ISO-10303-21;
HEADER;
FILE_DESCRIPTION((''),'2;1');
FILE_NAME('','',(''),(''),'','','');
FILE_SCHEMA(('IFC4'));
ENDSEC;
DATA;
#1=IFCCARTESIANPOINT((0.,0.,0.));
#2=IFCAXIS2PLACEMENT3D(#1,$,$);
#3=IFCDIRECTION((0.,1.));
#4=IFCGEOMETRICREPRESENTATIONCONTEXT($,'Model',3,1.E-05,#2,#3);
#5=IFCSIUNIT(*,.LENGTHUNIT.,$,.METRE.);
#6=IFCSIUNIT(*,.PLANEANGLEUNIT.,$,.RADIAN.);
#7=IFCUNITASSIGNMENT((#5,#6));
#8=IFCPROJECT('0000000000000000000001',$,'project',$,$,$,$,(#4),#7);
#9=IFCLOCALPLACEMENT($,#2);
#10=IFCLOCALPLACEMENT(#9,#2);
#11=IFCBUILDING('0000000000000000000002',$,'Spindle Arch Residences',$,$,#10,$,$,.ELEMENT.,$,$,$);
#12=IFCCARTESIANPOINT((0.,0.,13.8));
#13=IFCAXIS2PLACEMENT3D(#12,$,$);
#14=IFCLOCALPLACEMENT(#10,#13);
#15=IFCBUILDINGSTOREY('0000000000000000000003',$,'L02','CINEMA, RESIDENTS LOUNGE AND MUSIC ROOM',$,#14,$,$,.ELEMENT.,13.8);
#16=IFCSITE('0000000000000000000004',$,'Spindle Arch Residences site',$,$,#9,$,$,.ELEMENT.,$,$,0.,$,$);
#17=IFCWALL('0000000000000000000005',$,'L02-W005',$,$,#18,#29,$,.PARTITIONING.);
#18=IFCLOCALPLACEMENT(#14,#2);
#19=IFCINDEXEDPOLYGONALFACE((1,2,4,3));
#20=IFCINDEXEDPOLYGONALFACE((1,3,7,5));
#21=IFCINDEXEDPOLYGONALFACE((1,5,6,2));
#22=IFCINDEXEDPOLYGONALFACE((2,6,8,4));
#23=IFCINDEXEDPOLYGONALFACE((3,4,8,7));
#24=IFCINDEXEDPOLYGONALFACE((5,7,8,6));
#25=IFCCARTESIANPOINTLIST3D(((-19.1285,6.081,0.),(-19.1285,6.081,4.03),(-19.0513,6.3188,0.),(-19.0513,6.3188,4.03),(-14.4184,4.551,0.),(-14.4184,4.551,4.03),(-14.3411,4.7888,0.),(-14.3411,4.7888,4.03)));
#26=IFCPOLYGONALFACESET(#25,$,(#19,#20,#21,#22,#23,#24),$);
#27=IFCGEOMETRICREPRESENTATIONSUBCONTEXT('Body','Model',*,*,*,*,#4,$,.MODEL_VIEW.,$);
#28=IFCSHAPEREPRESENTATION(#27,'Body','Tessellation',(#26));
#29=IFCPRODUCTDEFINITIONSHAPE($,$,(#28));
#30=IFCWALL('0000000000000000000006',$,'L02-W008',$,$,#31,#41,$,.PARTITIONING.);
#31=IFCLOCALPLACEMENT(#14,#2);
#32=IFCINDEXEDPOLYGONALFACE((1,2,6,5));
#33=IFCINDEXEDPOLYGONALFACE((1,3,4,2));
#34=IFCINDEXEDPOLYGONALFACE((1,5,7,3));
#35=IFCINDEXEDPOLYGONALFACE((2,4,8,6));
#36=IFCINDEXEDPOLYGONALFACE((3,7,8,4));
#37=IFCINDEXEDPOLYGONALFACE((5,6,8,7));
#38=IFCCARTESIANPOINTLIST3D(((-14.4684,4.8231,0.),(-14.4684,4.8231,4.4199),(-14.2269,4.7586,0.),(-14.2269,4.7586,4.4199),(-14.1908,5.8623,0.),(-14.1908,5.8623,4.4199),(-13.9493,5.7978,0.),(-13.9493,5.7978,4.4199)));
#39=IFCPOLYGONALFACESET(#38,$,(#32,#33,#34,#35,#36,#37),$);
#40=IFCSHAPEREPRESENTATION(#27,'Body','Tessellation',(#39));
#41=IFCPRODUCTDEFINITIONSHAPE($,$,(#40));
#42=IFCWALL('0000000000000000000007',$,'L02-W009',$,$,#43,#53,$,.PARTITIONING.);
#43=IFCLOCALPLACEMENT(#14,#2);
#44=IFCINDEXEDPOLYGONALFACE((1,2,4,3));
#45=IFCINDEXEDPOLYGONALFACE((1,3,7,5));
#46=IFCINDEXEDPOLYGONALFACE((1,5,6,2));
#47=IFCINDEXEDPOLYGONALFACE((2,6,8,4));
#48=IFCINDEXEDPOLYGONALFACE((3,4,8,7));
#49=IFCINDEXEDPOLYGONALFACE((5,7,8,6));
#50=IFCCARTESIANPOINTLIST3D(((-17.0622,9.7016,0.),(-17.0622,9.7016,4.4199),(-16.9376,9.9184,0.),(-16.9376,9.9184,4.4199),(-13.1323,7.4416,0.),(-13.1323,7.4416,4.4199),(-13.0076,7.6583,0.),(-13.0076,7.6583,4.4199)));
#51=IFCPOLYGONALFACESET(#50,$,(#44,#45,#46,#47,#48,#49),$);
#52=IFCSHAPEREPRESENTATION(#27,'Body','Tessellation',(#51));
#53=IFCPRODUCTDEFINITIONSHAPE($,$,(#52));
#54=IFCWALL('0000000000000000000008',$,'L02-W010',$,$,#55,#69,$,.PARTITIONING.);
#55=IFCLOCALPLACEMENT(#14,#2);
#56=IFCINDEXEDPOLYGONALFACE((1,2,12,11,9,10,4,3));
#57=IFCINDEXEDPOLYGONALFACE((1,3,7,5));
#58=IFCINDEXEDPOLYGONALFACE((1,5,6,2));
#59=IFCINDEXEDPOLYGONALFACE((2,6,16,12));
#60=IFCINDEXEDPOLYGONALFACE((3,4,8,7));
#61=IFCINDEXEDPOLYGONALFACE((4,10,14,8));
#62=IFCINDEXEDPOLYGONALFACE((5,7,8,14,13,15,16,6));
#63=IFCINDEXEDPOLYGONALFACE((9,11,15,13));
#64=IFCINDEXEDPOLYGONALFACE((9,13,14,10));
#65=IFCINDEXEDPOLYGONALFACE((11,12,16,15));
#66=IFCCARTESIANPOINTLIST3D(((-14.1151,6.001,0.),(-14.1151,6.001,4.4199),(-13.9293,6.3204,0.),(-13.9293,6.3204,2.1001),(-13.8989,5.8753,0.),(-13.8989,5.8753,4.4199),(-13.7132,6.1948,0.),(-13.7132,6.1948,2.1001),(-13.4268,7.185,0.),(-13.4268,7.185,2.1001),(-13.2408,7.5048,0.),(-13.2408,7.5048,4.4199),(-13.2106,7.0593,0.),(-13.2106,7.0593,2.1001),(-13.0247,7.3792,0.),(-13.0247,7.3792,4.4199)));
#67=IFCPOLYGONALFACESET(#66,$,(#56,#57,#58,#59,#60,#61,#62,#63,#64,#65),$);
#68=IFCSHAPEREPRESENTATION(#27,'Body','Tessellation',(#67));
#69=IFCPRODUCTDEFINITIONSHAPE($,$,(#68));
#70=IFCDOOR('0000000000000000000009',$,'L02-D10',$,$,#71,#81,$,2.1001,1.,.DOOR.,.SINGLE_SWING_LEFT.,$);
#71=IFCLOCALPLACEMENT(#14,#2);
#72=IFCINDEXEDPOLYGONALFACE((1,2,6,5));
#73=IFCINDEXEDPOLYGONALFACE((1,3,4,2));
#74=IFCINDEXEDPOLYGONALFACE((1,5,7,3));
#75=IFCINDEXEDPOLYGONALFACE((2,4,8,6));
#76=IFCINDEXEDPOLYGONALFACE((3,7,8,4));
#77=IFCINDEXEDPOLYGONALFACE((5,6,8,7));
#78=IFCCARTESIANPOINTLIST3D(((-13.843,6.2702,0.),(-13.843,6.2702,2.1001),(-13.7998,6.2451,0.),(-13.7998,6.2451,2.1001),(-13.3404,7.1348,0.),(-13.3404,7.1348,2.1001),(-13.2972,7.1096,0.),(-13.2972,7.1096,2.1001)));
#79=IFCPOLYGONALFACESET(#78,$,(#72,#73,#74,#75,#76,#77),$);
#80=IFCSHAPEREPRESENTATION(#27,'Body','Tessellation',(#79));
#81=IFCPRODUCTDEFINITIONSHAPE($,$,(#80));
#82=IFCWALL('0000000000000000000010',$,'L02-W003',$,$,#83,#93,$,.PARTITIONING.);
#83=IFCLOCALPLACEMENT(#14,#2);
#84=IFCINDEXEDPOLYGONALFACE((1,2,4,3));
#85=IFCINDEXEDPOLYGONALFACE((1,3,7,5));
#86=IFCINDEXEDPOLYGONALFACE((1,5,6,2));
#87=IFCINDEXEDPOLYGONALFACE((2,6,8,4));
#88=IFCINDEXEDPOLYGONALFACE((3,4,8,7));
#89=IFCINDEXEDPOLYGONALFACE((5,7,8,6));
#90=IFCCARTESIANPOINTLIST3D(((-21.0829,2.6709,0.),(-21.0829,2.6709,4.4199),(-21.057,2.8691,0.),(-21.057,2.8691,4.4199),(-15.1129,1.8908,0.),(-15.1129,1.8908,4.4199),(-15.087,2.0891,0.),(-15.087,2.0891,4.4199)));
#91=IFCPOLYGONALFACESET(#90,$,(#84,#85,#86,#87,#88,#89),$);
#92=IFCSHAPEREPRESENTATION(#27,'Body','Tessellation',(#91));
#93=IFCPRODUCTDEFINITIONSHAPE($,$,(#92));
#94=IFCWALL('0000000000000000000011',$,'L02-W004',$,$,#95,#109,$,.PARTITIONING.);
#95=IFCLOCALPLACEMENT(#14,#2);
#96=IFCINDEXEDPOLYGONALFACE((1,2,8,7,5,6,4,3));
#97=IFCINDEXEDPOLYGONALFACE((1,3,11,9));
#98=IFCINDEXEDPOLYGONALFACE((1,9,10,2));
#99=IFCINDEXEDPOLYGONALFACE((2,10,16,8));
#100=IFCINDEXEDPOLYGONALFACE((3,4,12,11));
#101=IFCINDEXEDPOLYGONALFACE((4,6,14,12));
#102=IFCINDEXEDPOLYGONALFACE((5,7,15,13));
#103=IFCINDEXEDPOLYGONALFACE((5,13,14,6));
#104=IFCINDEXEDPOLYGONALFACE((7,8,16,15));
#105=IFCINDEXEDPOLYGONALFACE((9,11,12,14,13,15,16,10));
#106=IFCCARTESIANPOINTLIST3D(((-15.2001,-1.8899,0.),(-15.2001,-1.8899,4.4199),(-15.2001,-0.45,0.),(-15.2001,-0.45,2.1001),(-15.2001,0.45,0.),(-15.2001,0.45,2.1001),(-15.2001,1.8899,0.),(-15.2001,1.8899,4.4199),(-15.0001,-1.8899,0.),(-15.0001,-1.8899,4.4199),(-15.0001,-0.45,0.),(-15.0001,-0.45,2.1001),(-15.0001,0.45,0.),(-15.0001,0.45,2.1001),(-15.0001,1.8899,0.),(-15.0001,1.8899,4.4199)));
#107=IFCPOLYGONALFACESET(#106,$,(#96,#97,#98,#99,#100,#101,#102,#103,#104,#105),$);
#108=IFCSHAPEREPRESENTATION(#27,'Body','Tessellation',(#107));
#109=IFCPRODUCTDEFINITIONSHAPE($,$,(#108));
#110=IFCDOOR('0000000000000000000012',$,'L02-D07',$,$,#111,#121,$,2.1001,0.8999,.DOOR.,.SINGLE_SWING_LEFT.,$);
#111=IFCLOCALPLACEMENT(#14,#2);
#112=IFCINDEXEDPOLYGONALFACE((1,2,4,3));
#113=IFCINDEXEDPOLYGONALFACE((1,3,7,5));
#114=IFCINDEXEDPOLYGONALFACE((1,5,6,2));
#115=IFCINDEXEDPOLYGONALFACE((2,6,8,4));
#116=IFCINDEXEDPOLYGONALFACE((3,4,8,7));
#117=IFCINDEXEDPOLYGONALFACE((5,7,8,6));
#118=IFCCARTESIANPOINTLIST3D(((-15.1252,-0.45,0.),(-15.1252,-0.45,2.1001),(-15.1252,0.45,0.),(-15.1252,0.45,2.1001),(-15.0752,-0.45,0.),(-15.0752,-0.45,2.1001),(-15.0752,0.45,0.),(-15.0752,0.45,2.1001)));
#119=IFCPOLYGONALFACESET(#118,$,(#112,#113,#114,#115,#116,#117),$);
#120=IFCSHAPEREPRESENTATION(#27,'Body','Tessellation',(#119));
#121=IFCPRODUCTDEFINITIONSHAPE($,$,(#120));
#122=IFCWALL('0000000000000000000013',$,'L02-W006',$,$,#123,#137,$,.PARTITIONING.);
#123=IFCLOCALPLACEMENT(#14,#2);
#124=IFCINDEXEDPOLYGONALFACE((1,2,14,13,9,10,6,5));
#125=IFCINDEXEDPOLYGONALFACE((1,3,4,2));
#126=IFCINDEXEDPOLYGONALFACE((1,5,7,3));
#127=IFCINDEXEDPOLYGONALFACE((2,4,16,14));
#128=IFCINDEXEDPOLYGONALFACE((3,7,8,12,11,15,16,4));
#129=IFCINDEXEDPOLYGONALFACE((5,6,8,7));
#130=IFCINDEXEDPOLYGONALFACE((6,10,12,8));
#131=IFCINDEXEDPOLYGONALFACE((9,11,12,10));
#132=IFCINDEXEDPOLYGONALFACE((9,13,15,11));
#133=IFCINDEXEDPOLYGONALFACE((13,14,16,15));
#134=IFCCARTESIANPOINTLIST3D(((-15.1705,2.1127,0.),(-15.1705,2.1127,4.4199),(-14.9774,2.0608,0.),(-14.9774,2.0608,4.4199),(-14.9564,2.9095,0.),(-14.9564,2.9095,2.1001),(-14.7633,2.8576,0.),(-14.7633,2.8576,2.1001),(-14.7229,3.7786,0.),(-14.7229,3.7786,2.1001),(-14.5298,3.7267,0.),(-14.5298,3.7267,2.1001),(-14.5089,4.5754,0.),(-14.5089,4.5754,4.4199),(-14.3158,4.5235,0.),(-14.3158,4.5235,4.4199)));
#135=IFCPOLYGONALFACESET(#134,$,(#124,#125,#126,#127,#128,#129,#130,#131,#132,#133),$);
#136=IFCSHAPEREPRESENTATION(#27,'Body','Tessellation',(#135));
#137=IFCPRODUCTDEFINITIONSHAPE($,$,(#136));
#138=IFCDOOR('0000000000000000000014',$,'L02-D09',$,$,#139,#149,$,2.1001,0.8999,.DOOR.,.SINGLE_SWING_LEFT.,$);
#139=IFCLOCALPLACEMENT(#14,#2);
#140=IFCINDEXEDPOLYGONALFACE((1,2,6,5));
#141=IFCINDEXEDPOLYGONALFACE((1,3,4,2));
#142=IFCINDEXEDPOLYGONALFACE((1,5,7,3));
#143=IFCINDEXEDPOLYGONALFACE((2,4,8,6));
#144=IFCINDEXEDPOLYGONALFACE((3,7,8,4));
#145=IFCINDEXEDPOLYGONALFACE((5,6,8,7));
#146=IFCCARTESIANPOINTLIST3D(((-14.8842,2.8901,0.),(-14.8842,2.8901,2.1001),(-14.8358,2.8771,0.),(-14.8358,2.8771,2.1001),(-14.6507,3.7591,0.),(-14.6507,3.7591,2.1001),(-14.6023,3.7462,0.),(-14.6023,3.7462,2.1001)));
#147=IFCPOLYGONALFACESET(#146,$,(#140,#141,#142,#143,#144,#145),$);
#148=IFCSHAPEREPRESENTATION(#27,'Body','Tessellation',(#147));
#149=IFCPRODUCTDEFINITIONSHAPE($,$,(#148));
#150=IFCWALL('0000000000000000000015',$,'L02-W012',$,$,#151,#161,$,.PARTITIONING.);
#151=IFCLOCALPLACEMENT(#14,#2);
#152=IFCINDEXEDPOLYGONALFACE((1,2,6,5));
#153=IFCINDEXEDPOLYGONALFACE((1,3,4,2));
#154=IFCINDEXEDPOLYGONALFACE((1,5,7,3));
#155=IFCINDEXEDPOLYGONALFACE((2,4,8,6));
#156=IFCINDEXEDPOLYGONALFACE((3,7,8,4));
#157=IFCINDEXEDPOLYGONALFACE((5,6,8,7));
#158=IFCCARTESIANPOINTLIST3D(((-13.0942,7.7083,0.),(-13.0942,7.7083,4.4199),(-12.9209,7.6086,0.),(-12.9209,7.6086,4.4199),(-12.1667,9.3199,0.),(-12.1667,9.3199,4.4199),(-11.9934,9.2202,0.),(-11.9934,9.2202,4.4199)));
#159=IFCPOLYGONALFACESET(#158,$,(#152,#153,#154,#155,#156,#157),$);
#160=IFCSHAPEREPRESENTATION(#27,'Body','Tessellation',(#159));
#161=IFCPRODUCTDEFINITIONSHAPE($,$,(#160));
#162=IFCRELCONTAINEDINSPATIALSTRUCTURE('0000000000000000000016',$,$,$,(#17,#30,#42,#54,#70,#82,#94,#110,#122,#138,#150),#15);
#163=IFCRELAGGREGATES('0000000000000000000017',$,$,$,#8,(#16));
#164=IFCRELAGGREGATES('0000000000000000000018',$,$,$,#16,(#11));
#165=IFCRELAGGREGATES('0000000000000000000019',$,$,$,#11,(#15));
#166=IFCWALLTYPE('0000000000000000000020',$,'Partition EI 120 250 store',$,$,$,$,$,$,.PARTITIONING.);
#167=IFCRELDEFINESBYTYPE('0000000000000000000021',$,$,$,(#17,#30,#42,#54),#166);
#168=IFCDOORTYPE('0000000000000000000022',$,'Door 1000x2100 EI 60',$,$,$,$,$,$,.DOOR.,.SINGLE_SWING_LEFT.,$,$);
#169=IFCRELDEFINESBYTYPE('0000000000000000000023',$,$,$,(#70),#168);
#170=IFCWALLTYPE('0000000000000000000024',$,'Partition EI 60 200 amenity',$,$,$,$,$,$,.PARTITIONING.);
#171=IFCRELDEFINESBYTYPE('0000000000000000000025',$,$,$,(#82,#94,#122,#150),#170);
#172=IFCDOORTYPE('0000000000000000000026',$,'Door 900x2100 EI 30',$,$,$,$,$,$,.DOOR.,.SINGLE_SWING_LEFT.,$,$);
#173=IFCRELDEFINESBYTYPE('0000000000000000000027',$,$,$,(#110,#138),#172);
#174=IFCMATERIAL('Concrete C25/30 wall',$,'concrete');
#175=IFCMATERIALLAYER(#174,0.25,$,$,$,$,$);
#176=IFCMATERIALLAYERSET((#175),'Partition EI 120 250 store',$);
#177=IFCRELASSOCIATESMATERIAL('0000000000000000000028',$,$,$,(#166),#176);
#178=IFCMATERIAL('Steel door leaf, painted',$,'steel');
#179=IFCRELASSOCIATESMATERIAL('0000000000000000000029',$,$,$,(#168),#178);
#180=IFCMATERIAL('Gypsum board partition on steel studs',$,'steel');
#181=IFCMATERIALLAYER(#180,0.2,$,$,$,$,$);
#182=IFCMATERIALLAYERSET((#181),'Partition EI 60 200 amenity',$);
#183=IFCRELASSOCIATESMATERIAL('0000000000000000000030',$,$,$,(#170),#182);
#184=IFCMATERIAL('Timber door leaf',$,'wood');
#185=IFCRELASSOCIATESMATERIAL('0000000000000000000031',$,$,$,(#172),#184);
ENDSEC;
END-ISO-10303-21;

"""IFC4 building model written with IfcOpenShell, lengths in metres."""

from ifc_helpers import new_model, si_unit, direction, frame, frame_2d, origin, place, context, subcontext, project, spatial, rectangle, extrude, material, layer, layer_set, type_object, element, fill, save


model = new_model("IFC4")

# Units and contexts
model_context = context("Model", 3, precision=1e-05, world=origin(), true_north=direction((0.0, 1.0)))
body_context = subcontext(model_context, "Body", "Model", "MODEL_VIEW")
ifc_project = project(units=[si_unit("LENGTHUNIT", "METRE"), si_unit("PLANEANGLEUNIT", "RADIAN")], contexts=[model_context])

# Site, building, storey
site_placement = place(None, origin())
site = spatial("IfcSite", under=ifc_project, at=site_placement, Name="Spindle Arch Residences site", CompositionType="ELEMENT", RefElevation=0.0)
building_placement = place(site_placement, origin())
building = spatial("IfcBuilding", under=site, at=building_placement, Name="Spindle Arch Residences", CompositionType="ELEMENT")
storey_placement = place(building_placement, frame((0.0, 0.0, 13.8)))
storey = spatial("IfcBuildingStorey", under=building, at=storey_placement, Name="L02", Description="CINEMA, RESIDENTS LOUNGE AND MUSIC ROOM", CompositionType="ELEMENT", Elevation=13.8)

# Walls
ifc_material_1 = material(Name="Concrete C25/30 wall", Category="concrete")
ifc_layer_1 = layer(ifc_material_1, 0.25)
ifc_layer_set_1 = layer_set([ifc_layer_1], Name="Partition EI 120 250 store")
wall_type_1 = type_object("IfcWallType", Name="Partition EI 120 250 store", PredefinedType="PARTITIONING", material=ifc_layer_set_1)
wall_1_placement = place(storey_placement, frame((-14.3799, 4.6699, 0.0), z_axis=(0.0, 0.0, 1.0), x_axis=(-0.951081, 0.308942, 0.0)))
element("IfcWall", 1, at=wall_1_placement, inside=storey, type_object=wall_type_1, Name="L02-W005", PredefinedType="PARTITIONING", context=body_context, shape_type="SweptSolid", body=[
    extrude(rectangle(XDim=4.9524, YDim=0.25, at=frame_2d((2.4761, 0.0))), origin(), (0.0, 0.0, 1.0), 4.03),
])
wall_2_placement = place(storey_placement, frame((-14.0701, 5.8301, 0.0), z_axis=(0.0, 0.0, 1.0), x_axis=(-0.258044, -0.966133, 0.0)))
element("IfcWall", 2, at=wall_2_placement, inside=storey, type_object=wall_type_1, Name="L02-W008", PredefinedType="PARTITIONING", context=body_context, shape_type="SweptSolid", body=[
    extrude(rectangle(XDim=1.0757, YDim=0.25, at=frame_2d((0.5378, 0.0))), origin(), (0.0, 0.0, 1.0), 4.4199),
])
wall_3_placement = place(storey_placement, frame((-13.0701, 7.55, 0.0), z_axis=(0.0, 0.0, 1.0), x_axis=(-0.866878, 0.498521, 0.0)))
element("IfcWall", 3, at=wall_3_placement, inside=storey, type_object=wall_type_1, Name="L02-W009", PredefinedType="PARTITIONING", context=body_context, shape_type="SweptSolid", body=[
    extrude(rectangle(XDim=4.5334, YDim=0.25, at=frame_2d((2.2666, 0.0))), origin(), (0.0, 0.0, 1.0), 4.4199),
])

# Wall, opening, door
wall_4_placement = place(storey_placement, frame((-13.1328, 7.4419, 0.0), z_axis=(0.0, 0.0, 1.0), x_axis=(-0.502579, -0.864531, 0.0)))
wall_4 = element("IfcWall", 4, at=wall_4_placement, inside=storey, type_object=wall_type_1, Name="L02-W010", PredefinedType="PARTITIONING", context=body_context, shape_type="SweptSolid", body=[
    extrude(rectangle(XDim=1.7395, YDim=0.25, at=frame_2d((0.8696, 0.0))), origin(), (0.0, 0.0, 1.0), 4.4199),
])
opening_1_placement = place(wall_4_placement, frame((0.3699, 0.0, 0.0)))
opening_1 = element("IfcOpeningElement", 5, at=opening_1_placement, cuts=wall_4, PredefinedType="OPENING", context=body_context, shape_type="SweptSolid", body=[
    extrude(rectangle(XDim=1.0, YDim=2.1001, at=frame_2d((0.5, 1.05))), frame((0.0, 0.135, 0.0), z_axis=(0.0, -1.0, 0.0), x_axis=(1.0, 0.0, 0.0)), (0.0, 0.0, 1.0), 0.27),
])
ifc_material_2 = material(Name="Steel door leaf, painted", Category="steel")
door_type_1 = type_object("IfcDoorType", Name="Door 1000x2100 EI 60", OperationType="SINGLE_SWING_LEFT", PredefinedType="DOOR", material=ifc_material_2)
door_1_placement = place(opening_1_placement, origin())
door_1 = element("IfcDoor", 6, at=door_1_placement, inside=storey, type_object=door_type_1, Name="L02-D10", OperationType="SINGLE_SWING_LEFT", OverallHeight=2.1001, OverallWidth=1.0, PredefinedType="DOOR", context=body_context, shape_type="SweptSolid", body=[
    extrude(rectangle(XDim=1.0, YDim=2.1001, at=frame_2d((0.5, 1.05))), frame((0.0, 0.0249, 0.0), z_axis=(0.0, -1.0, 0.0), x_axis=(1.0, 0.0, 0.0)), (0.0, 0.0, 1.0), 0.05),
])
fill(opening_1, door_1)

# Wall
ifc_material_3 = material(Name="Gypsum board partition on steel studs", Category="steel")
ifc_layer_2 = layer(ifc_material_3, 0.2)
ifc_layer_set_2 = layer_set([ifc_layer_2], Name="Partition EI 60 200 amenity")
wall_type_2 = type_object("IfcWallType", Name="Partition EI 60 200 amenity", PredefinedType="PARTITIONING", material=ifc_layer_set_2)
wall_5_placement = place(storey_placement, frame((-15.1001, 1.99, 0.0), z_axis=(0.0, 0.0, 1.0), x_axis=(-0.991572, 0.129558, 0.0)))
element("IfcWall", 7, at=wall_5_placement, inside=storey, type_object=wall_type_2, Name="L02-W003", PredefinedType="PARTITIONING", context=body_context, shape_type="SweptSolid", body=[
    extrude(rectangle(XDim=6.0208, YDim=0.2, at=frame_2d((3.0103, 0.0))), origin(), (0.0, 0.0, 1.0), 4.4199),
])

# Walls, openings, doors
wall_6_placement = place(storey_placement, frame((-15.1001, 1.8899, 0.0), z_axis=(0.0, 0.0, 1.0), x_axis=(0.0, -1.0, 0.0)))
wall_6 = element("IfcWall", 8, at=wall_6_placement, inside=storey, type_object=wall_type_2, Name="L02-W004", PredefinedType="PARTITIONING", context=body_context, shape_type="SweptSolid", body=[
    extrude(rectangle(XDim=3.7798, YDim=0.2, at=frame_2d((1.8899, 0.0))), origin(), (0.0, 0.0, 1.0), 4.4199),
])
opening_2_placement = place(wall_6_placement, frame((1.4399, 0.0, 0.0)))
opening_2 = element("IfcOpeningElement", 9, at=opening_2_placement, cuts=wall_6, PredefinedType="OPENING", context=body_context, shape_type="SweptSolid", body=[
    extrude(rectangle(XDim=0.8999, YDim=2.1001, at=frame_2d((0.45, 1.05))), frame((0.0, 0.1099, 0.0), z_axis=(0.0, -1.0, 0.0), x_axis=(1.0, 0.0, 0.0)), (0.0, 0.0, 1.0), 0.22),
])
ifc_material_4 = material(Name="Timber door leaf", Category="wood")
door_type_2 = type_object("IfcDoorType", Name="Door 900x2100 EI 30", OperationType="SINGLE_SWING_LEFT", PredefinedType="DOOR", material=ifc_material_4)
door_2_placement = place(opening_2_placement, origin())
door_2 = element("IfcDoor", 10, at=door_2_placement, inside=storey, type_object=door_type_2, Name="L02-D07", OperationType="SINGLE_SWING_LEFT", OverallHeight=2.1001, OverallWidth=0.8999, PredefinedType="DOOR", context=body_context, shape_type="SweptSolid", body=[
    extrude(rectangle(XDim=0.8999, YDim=2.1001, at=frame_2d((0.45, 1.05))), frame((0.0, 0.0249, 0.0), z_axis=(0.0, -1.0, 0.0), x_axis=(1.0, 0.0, 0.0)), (0.0, 0.0, 1.0), 0.05),
])
fill(opening_2, door_2)
wall_7_placement = place(storey_placement, frame((-14.4124, 4.5493, 0.0), z_axis=(0.0, 0.0, 1.0), x_axis=(-0.259462, -0.965753, 0.0)))
wall_7 = element("IfcWall", 11, at=wall_7_placement, inside=storey, type_object=wall_type_2, Name="L02-W006", PredefinedType="PARTITIONING", context=body_context, shape_type="SweptSolid", body=[
    extrude(rectangle(XDim=2.55, YDim=0.2, at=frame_2d((1.2749, 0.0))), origin(), (0.0, 0.0, 1.0), 4.4199),
])
opening_3_placement = place(wall_7_placement, frame((0.825, 0.0, 0.0)))
opening_3 = element("IfcOpeningElement", 12, at=opening_3_placement, cuts=wall_7, PredefinedType="OPENING", context=body_context, shape_type="SweptSolid", body=[
    extrude(rectangle(XDim=0.8999, YDim=2.1001, at=frame_2d((0.45, 1.05))), frame((0.0, 0.1099, 0.0), z_axis=(0.0, -1.0, 0.0), x_axis=(1.0, 0.0, 0.0)), (0.0, 0.0, 1.0), 0.22),
])
door_3_placement = place(opening_3_placement, origin())
door_3 = element("IfcDoor", 13, at=door_3_placement, inside=storey, type_object=door_type_2, Name="L02-D09", OperationType="SINGLE_SWING_LEFT", OverallHeight=2.1001, OverallWidth=0.8999, PredefinedType="DOOR", context=body_context, shape_type="SweptSolid", body=[
    extrude(rectangle(XDim=0.8999, YDim=2.1001, at=frame_2d((0.45, 1.05))), frame((0.0, 0.0249, 0.0), z_axis=(0.0, -1.0, 0.0), x_axis=(1.0, 0.0, 0.0)), (0.0, 0.0, 1.0), 0.05),
])
fill(opening_3, door_3)

# Wall
wall_8_placement = place(storey_placement, frame((-12.0801, 9.27, 0.0), z_axis=(0.0, 0.0, 1.0), x_axis=(-0.498809, -0.866712, 0.0)))
element("IfcWall", 14, at=wall_8_placement, inside=storey, type_object=wall_type_2, Name="L02-W012", PredefinedType="PARTITIONING", context=body_context, shape_type="SweptSolid", body=[
    extrude(rectangle(XDim=1.8594, YDim=0.2, at=frame_2d((0.9297, 0.0))), origin(), (0.0, 0.0, 1.0), 4.4199),
])

save(model, "model.ifc")
